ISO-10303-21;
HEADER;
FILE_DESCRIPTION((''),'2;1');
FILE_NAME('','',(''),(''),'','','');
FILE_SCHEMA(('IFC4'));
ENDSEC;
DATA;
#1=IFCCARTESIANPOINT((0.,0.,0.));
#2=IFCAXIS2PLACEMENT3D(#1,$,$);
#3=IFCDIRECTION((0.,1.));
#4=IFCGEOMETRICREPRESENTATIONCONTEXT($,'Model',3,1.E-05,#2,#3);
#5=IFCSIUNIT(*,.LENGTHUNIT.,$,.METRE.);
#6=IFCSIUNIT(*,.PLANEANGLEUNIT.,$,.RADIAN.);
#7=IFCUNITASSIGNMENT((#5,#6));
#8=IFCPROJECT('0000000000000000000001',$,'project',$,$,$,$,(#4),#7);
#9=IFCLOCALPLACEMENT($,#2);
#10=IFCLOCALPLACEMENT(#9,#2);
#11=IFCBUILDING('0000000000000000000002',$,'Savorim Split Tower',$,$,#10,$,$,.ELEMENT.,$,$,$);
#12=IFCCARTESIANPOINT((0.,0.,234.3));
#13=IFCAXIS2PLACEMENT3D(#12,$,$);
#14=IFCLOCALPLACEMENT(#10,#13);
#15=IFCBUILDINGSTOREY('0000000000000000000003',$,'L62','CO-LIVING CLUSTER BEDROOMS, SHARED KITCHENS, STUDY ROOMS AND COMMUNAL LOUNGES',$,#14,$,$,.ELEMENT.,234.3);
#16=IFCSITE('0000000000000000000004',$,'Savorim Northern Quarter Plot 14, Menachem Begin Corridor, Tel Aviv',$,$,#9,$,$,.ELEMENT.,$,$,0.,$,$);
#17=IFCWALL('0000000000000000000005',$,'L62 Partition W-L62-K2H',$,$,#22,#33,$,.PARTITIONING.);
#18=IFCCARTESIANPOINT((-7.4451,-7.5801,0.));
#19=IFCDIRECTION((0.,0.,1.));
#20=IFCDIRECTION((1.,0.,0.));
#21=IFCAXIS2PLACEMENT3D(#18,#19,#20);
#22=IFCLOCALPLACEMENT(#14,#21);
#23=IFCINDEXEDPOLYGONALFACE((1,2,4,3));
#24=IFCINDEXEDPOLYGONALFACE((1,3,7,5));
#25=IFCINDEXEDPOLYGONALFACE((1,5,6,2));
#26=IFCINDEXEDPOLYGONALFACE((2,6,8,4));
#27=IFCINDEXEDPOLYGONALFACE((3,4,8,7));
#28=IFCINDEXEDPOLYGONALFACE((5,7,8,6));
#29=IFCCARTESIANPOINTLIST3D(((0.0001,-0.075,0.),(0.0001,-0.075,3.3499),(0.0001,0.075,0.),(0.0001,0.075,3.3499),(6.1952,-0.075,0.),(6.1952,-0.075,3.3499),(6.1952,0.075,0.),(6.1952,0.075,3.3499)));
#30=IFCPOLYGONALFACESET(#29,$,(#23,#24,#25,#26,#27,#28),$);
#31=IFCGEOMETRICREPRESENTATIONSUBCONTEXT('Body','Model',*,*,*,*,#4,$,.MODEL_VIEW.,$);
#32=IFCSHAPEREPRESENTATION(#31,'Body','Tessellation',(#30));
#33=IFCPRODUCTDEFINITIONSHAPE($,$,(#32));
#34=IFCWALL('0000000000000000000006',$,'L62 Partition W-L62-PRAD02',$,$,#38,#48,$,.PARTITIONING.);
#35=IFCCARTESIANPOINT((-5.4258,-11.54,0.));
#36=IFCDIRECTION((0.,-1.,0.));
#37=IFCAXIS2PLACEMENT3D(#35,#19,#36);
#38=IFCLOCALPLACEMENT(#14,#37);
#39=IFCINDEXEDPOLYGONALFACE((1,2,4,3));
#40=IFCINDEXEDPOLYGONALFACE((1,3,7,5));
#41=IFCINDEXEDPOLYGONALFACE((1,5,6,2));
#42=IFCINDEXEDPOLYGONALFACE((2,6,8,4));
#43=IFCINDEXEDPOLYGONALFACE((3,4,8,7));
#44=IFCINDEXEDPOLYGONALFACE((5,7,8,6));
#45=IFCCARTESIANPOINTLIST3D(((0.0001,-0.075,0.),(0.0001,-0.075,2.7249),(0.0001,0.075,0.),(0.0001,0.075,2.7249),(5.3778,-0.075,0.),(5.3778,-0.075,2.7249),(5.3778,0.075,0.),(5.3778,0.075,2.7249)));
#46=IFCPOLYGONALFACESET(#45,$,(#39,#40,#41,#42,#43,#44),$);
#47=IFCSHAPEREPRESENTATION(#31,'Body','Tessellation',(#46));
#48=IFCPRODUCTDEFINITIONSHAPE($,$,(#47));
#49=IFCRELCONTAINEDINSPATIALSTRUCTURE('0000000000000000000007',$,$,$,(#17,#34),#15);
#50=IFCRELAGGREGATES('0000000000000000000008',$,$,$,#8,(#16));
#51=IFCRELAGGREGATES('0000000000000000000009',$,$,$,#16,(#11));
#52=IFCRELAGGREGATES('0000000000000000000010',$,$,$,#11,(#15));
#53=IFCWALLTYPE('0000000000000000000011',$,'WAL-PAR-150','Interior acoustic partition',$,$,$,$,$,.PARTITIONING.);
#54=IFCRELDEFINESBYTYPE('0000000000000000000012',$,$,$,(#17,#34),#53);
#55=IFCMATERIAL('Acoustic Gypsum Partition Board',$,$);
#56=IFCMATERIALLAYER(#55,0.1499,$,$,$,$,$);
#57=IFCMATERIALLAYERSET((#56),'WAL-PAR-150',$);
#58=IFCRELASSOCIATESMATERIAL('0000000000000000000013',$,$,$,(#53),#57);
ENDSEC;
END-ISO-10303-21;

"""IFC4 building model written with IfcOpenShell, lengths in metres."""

from ifc_helpers import new_model, si_unit, direction, frame, frame_2d, origin, place, context, subcontext, project, spatial, rectangle, extrude, material, layer, layer_set, type_object, element, save


model = new_model("IFC4")

# Units and contexts
model_context = context("Model", 3, precision=1e-05, world=origin(), true_north=direction((0.0, 1.0)))
body_context = subcontext(model_context, "Body", "Model", "MODEL_VIEW")
ifc_project = project(units=[si_unit("LENGTHUNIT", "METRE"), si_unit("PLANEANGLEUNIT", "RADIAN")], contexts=[model_context])

# Site, building, storey
site_placement = place(None, origin())
site = spatial("IfcSite", under=ifc_project, at=site_placement, Name="Savorim Northern Quarter Plot 14, Menachem Begin Corridor, Tel Aviv", CompositionType="ELEMENT", RefElevation=0.0)
building_placement = place(site_placement, origin())
building = spatial("IfcBuilding", under=site, at=building_placement, Name="Savorim Split Tower", CompositionType="ELEMENT")
storey_placement = place(building_placement, frame((0.0, 0.0, 234.3)))
storey = spatial("IfcBuildingStorey", under=building, at=storey_placement, Name="L62", Description="CO-LIVING CLUSTER BEDROOMS, SHARED KITCHENS, STUDY ROOMS AND COMMUNAL LOUNGES", CompositionType="ELEMENT", Elevation=234.3)

# Shared definitions
ifc_material_1 = material(Name="Acoustic Gypsum Partition Board")
ifc_layer_1 = layer(ifc_material_1, 0.1499)
ifc_layer_set_1 = layer_set([ifc_layer_1], Name="WAL-PAR-150")
wall_type_1 = type_object("IfcWallType", Name="WAL-PAR-150", Description="Interior acoustic partition", PredefinedType="PARTITIONING", material=ifc_layer_set_1)

# Walls
wall_1_placement = place(storey_placement, frame((-7.4451, -7.5801, 0.0), z_axis=(0.0, 0.0, 1.0), x_axis=(1.0, 0.0, 0.0)))
element("IfcWall", 1, at=wall_1_placement, inside=storey, type_object=wall_type_1, Name="L62 Partition W-L62-K2H", PredefinedType="PARTITIONING", context=body_context, shape_type="SweptSolid", body=[
    extrude(rectangle(XDim=6.1951, YDim=0.1499, at=frame_2d((3.0977, 0.0))), origin(), (0.0, 0.0, 1.0), 3.3499),
])
wall_2_placement = place(storey_placement, frame((-5.4258, -11.54, 0.0), z_axis=(0.0, 0.0, 1.0), x_axis=(0.0, -1.0, 0.0)))
element("IfcWall", 2, at=wall_2_placement, inside=storey, type_object=wall_type_1, Name="L62 Partition W-L62-PRAD02", PredefinedType="PARTITIONING", context=body_context, shape_type="SweptSolid", body=[
    extrude(rectangle(XDim=5.3777, YDim=0.1499, at=frame_2d((2.689, 0.0))), origin(), (0.0, 0.0, 1.0), 2.7249),
])

save(model, "model.ifc")
